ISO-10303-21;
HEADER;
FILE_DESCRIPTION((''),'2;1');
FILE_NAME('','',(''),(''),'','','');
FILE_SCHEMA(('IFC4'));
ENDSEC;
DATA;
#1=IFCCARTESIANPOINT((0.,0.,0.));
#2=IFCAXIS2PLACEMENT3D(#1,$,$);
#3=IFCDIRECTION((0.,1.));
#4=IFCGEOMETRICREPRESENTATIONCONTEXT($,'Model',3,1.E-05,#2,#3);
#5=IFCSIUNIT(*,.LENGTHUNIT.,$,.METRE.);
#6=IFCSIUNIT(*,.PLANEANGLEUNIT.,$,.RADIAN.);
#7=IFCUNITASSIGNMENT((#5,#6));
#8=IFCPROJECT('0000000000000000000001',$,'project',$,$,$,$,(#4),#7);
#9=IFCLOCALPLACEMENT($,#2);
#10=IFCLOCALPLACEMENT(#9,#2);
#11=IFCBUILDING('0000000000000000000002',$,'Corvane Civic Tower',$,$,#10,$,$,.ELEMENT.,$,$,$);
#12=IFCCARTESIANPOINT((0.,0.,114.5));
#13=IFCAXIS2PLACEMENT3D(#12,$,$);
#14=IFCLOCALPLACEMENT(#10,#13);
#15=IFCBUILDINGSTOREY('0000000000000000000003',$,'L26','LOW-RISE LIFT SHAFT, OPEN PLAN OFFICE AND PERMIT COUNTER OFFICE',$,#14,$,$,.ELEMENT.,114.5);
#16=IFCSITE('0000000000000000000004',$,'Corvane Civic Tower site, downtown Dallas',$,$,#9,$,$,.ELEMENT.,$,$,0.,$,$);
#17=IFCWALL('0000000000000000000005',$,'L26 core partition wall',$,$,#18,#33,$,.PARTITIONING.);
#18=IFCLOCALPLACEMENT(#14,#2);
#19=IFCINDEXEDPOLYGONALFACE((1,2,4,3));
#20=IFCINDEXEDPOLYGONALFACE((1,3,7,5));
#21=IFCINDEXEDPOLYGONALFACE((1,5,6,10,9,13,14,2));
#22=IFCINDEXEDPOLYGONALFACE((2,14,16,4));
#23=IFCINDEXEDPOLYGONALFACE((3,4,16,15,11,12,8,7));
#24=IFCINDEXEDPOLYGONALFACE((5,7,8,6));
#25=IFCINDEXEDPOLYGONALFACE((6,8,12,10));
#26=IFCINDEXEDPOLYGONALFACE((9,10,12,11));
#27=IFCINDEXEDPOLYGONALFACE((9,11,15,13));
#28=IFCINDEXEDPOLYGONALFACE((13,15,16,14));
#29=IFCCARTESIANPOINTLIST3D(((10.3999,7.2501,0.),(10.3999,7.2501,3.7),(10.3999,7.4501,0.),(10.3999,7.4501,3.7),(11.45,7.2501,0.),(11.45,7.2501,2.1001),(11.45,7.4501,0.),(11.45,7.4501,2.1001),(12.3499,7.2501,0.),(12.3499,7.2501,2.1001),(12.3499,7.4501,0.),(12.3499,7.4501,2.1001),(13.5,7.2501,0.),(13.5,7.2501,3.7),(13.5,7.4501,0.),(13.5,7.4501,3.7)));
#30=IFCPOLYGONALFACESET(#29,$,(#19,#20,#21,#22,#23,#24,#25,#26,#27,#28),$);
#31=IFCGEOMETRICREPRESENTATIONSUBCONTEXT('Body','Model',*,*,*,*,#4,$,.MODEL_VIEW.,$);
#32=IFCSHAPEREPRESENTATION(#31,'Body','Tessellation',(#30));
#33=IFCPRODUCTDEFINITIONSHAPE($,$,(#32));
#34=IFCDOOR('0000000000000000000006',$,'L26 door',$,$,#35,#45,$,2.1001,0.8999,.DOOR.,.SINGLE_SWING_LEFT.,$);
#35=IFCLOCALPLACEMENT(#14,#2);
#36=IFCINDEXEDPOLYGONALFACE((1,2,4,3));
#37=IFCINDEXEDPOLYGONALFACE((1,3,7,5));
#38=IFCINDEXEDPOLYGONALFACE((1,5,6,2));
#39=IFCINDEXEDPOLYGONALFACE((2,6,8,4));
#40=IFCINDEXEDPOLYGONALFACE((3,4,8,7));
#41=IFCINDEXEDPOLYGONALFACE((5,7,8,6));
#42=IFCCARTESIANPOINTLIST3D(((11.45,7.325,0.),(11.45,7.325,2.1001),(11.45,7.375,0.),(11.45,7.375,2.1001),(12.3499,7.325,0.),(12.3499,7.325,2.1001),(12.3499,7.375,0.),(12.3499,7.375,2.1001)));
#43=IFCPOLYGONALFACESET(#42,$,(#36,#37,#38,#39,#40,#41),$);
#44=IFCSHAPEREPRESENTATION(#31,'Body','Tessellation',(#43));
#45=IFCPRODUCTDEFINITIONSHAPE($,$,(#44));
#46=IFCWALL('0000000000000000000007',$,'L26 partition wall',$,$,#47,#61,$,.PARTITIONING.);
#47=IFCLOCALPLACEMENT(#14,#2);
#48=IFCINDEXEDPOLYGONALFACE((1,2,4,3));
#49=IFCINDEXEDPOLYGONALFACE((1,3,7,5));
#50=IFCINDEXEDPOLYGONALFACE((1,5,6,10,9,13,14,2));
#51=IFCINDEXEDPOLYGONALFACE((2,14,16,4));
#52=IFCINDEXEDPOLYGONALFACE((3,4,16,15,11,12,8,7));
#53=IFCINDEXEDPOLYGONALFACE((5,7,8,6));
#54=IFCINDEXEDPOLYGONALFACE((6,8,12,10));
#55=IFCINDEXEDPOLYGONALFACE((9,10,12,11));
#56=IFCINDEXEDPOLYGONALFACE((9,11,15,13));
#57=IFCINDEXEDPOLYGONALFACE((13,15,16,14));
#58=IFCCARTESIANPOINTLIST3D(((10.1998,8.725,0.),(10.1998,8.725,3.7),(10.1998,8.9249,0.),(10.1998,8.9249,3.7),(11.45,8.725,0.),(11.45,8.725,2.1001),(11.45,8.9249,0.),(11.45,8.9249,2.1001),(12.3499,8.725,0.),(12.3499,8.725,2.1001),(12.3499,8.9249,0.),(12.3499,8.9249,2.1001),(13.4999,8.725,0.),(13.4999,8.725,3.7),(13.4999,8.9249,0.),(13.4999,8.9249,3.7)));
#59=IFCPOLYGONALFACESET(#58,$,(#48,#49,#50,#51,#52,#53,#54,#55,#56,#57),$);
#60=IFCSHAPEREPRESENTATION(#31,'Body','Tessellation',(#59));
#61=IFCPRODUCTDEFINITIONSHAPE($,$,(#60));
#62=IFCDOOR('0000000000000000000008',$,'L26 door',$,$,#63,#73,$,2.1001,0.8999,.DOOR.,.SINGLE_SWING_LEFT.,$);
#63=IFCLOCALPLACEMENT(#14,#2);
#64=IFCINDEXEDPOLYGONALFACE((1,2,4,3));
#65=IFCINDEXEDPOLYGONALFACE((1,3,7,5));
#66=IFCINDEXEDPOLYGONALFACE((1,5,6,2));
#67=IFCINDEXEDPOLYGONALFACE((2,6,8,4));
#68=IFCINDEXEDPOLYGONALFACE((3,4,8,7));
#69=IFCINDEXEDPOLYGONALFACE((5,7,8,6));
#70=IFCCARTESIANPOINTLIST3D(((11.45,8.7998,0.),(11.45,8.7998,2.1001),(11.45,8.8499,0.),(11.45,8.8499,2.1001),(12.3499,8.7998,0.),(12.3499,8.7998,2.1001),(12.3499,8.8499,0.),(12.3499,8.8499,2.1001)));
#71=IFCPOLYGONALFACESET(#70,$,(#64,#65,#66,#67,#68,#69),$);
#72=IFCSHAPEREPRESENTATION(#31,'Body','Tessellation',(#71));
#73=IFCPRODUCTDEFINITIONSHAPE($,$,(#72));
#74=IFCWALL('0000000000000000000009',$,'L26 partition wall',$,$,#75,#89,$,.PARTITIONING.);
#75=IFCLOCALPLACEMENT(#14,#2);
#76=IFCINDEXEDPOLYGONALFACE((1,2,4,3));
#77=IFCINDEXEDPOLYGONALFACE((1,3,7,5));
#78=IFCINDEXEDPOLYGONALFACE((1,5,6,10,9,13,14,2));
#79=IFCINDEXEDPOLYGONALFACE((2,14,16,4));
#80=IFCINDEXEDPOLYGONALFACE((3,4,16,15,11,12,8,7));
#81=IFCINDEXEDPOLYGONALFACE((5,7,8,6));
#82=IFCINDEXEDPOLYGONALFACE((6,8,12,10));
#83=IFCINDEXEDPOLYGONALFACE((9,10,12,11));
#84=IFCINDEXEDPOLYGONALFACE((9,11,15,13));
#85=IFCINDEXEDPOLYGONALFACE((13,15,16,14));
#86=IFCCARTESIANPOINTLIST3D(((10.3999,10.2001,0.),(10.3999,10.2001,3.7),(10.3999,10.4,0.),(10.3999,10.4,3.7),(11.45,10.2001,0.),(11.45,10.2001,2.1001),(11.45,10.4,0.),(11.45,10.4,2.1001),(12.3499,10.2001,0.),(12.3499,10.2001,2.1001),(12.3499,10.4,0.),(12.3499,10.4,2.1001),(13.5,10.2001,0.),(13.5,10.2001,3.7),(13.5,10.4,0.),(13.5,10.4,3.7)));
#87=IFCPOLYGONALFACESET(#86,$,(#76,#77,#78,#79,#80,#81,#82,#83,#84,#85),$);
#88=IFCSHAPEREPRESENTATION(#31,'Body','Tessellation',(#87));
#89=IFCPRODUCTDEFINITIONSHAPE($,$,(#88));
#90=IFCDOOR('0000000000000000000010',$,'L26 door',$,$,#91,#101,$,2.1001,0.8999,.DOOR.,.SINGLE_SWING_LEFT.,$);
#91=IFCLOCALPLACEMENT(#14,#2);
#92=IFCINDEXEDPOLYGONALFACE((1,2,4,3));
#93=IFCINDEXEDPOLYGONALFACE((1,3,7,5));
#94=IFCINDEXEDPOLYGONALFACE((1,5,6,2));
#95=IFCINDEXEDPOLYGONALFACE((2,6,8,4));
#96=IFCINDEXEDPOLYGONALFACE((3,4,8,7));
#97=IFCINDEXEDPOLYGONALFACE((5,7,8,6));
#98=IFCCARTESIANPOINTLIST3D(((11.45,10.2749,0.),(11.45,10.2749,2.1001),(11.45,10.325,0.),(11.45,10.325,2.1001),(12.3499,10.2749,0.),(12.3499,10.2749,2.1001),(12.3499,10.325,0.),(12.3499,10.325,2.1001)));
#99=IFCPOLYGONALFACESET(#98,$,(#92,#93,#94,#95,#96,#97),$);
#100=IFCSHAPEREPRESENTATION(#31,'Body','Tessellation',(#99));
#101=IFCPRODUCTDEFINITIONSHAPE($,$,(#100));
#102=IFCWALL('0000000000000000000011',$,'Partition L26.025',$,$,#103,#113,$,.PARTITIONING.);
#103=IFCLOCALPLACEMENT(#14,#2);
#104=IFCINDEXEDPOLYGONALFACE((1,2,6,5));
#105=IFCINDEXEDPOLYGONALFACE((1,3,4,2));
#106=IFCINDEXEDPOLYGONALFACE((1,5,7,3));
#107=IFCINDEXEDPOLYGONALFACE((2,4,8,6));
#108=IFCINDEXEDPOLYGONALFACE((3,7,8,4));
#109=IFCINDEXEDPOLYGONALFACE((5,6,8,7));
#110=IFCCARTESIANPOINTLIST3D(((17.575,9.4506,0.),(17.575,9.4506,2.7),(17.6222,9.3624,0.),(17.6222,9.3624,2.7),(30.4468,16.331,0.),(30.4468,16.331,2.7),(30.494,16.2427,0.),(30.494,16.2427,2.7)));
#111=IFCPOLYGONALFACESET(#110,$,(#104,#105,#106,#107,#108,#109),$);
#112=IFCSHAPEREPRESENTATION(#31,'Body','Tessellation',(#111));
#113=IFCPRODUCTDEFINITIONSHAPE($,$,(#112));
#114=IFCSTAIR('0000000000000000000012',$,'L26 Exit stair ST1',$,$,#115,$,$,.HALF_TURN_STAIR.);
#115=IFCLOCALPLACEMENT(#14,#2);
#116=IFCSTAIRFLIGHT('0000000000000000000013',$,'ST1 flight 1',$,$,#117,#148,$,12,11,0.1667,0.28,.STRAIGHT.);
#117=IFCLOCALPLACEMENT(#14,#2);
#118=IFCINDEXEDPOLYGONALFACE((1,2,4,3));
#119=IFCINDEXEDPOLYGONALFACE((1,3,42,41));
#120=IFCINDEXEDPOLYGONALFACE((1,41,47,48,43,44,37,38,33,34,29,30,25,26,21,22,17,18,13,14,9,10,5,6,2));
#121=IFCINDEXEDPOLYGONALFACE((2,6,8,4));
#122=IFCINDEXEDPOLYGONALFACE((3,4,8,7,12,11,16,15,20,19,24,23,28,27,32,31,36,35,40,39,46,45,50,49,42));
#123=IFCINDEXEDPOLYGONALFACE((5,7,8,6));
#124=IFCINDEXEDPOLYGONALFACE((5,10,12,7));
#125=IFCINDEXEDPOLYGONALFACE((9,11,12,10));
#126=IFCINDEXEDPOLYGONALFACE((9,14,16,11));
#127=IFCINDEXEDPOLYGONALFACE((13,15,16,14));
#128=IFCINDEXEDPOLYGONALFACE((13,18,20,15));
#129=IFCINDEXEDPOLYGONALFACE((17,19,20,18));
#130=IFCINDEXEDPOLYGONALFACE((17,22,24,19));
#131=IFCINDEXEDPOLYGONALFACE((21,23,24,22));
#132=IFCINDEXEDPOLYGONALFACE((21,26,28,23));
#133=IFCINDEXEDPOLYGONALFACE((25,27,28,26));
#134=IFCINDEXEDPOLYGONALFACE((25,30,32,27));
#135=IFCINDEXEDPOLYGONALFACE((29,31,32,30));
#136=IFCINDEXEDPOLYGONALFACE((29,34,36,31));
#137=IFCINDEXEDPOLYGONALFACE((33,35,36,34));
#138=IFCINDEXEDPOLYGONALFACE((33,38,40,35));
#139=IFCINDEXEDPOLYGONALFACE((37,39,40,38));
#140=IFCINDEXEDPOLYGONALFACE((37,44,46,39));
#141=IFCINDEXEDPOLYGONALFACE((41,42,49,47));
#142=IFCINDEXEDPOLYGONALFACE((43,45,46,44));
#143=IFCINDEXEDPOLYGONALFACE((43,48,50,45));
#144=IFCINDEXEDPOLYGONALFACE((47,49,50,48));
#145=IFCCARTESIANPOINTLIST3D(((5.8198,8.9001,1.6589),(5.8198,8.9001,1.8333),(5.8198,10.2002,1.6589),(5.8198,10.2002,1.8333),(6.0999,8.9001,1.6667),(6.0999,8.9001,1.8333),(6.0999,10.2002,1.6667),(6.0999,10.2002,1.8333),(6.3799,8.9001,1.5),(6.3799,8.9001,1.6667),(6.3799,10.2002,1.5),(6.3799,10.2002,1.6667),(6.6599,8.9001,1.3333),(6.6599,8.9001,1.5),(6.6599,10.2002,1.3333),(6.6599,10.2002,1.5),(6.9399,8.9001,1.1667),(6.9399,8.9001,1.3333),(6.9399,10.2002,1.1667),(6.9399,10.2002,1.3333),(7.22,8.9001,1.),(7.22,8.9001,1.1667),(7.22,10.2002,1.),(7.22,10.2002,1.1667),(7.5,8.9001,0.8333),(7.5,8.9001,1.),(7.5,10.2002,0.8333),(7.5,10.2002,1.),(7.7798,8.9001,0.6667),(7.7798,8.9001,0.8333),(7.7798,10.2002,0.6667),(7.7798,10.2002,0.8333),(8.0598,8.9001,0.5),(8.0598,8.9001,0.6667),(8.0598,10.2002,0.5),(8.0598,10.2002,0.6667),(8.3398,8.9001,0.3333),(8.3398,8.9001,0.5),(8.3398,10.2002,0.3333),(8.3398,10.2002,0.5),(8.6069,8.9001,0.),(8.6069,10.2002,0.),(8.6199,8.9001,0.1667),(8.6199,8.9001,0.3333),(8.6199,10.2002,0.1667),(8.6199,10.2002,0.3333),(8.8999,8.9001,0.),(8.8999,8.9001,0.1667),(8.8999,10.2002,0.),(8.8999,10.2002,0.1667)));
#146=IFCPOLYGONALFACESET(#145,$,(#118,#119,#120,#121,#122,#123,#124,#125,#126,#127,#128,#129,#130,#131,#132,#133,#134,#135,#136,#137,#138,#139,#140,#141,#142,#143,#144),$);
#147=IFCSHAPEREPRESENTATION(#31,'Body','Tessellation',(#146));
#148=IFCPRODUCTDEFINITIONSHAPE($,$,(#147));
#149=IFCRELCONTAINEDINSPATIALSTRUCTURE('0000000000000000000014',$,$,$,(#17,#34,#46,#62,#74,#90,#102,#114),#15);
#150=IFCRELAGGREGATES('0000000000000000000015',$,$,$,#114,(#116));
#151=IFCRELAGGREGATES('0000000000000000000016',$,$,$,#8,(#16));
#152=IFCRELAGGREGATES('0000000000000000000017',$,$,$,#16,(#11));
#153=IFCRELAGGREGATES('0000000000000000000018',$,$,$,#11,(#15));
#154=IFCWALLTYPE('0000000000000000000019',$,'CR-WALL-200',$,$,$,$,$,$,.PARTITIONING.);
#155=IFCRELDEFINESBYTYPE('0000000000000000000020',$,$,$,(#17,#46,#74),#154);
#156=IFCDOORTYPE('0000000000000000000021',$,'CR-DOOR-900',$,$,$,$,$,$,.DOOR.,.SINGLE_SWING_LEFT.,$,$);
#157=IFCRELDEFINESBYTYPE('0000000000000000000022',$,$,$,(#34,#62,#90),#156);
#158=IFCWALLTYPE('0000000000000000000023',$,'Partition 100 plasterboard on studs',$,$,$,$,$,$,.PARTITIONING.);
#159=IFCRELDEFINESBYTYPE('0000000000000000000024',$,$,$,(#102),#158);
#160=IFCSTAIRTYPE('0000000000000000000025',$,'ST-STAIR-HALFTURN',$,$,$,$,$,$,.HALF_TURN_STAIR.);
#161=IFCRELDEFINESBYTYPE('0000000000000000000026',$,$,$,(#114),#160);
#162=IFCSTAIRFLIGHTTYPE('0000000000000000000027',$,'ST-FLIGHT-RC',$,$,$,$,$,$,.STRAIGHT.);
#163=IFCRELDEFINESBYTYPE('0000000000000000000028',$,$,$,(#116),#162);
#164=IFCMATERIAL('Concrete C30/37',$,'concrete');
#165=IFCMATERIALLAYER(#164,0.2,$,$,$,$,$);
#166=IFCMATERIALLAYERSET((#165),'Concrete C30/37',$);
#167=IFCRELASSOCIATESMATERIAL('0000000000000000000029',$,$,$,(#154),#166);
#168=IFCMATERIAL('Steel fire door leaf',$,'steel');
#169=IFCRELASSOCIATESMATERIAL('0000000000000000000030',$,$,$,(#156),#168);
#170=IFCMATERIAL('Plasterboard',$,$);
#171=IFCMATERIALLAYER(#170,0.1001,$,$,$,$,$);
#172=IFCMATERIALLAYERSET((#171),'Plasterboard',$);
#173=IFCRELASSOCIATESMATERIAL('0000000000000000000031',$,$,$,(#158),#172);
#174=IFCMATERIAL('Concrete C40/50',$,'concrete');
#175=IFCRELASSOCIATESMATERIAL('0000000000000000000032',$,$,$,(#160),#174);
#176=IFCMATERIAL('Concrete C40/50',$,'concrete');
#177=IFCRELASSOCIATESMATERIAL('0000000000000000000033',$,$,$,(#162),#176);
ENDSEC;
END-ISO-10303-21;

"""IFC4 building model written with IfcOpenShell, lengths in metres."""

from ifc_helpers import new_model, si_unit, direction, frame, frame_2d, origin, place, context, subcontext, project, spatial, polyline, rectangle, outline, extrude, material, layer, layer_set, type_object, element, fill, aggregate, save


model = new_model("IFC4")

# Units and contexts
model_context = context("Model", 3, precision=1e-05, world=origin(), true_north=direction((0.0, 1.0)))
body_context = subcontext(model_context, "Body", "Model", "MODEL_VIEW")
ifc_project = project(units=[si_unit("LENGTHUNIT", "METRE"), si_unit("PLANEANGLEUNIT", "RADIAN")], contexts=[model_context])

# Site, building, storey
site_placement = place(None, origin())
site = spatial("IfcSite", under=ifc_project, at=site_placement, Name="Corvane Civic Tower site, downtown Dallas", CompositionType="ELEMENT", RefElevation=0.0)
building_placement = place(site_placement, origin())
building = spatial("IfcBuilding", under=site, at=building_placement, Name="Corvane Civic Tower", CompositionType="ELEMENT")
storey_placement = place(building_placement, frame((0.0, 0.0, 114.5)))
storey = spatial("IfcBuildingStorey", under=building, at=storey_placement, Name="L26", Description="LOW-RISE LIFT SHAFT, OPEN PLAN OFFICE AND PERMIT COUNTER OFFICE", CompositionType="ELEMENT", Elevation=114.5)

# Walls, openings, doors
ifc_material_1 = material(Name="Concrete C30/37", Category="concrete")
ifc_layer_1 = layer(ifc_material_1, 0.2)
ifc_layer_set_1 = layer_set([ifc_layer_1], Name="Concrete C30/37")
wall_type_1 = type_object("IfcWallType", Name="CR-WALL-200", PredefinedType="PARTITIONING", material=ifc_layer_set_1)
wall_1_placement = place(storey_placement, frame((10.3999, 7.3501, 0.0), z_axis=(0.0, 0.0, 1.0), x_axis=(1.0, 0.0, 0.0)))
wall_1 = element("IfcWall", 1, at=wall_1_placement, inside=storey, type_object=wall_type_1, Name="L26 core partition wall", PredefinedType="PARTITIONING", context=body_context, shape_type="SweptSolid", body=[
    extrude(rectangle(XDim=3.1001, YDim=0.2, at=frame_2d((1.55, 0.0))), origin(), (0.0, 0.0, 1.0), 3.7),
])
opening_1_placement = place(wall_1_placement, frame((1.05, 0.0, 0.0)))
opening_1 = element("IfcOpeningElement", 2, at=opening_1_placement, cuts=wall_1, PredefinedType="OPENING", context=body_context, shape_type="SweptSolid", body=[
    extrude(rectangle(XDim=0.8999, YDim=2.1001, at=frame_2d((0.45, 1.05))), frame((0.0, 0.1099, 0.0), z_axis=(0.0, -1.0, 0.0), x_axis=(1.0, 0.0, 0.0)), (0.0, 0.0, 1.0), 0.22),
])
ifc_material_2 = material(Name="Steel fire door leaf", Category="steel")
door_type = type_object("IfcDoorType", Name="CR-DOOR-900", OperationType="SINGLE_SWING_LEFT", PredefinedType="DOOR", material=ifc_material_2)
door_1_placement = place(opening_1_placement, origin())
door_1 = element("IfcDoor", 3, at=door_1_placement, inside=storey, type_object=door_type, Name="L26 door", OperationType="SINGLE_SWING_LEFT", OverallHeight=2.1001, OverallWidth=0.8999, PredefinedType="DOOR", context=body_context, shape_type="SweptSolid", body=[
    extrude(rectangle(XDim=0.8999, YDim=2.1001, at=frame_2d((0.45, 1.05))), frame((0.0, 0.0249, 0.0), z_axis=(0.0, -1.0, 0.0), x_axis=(1.0, 0.0, 0.0)), (0.0, 0.0, 1.0), 0.05),
])
fill(opening_1, door_1)
wall_2_placement = place(storey_placement, frame((10.2, 8.825, 0.0), z_axis=(0.0, 0.0, 1.0), x_axis=(1.0, 0.0, 0.0)))
wall_2 = element("IfcWall", 4, at=wall_2_placement, inside=storey, type_object=wall_type_1, Name="L26 partition wall", PredefinedType="PARTITIONING", context=body_context, shape_type="SweptSolid", body=[
    extrude(rectangle(XDim=3.3, YDim=0.2, at=frame_2d((1.6499, 0.0))), origin(), (0.0, 0.0, 1.0), 3.7),
])
opening_2_placement = place(wall_2_placement, frame((1.25, 0.0, 0.0)))
opening_2 = element("IfcOpeningElement", 5, at=opening_2_placement, cuts=wall_2, PredefinedType="OPENING", context=body_context, shape_type="SweptSolid", body=[
    extrude(rectangle(XDim=0.8999, YDim=2.1001, at=frame_2d((0.45, 1.05))), frame((0.0, 0.1099, 0.0), z_axis=(0.0, -1.0, 0.0), x_axis=(1.0, 0.0, 0.0)), (0.0, 0.0, 1.0), 0.22),
])
door_2_placement = place(opening_2_placement, origin())
door_2 = element("IfcDoor", 6, at=door_2_placement, inside=storey, type_object=door_type, Name="L26 door", OperationType="SINGLE_SWING_LEFT", OverallHeight=2.1001, OverallWidth=0.8999, PredefinedType="DOOR", context=body_context, shape_type="SweptSolid", body=[
    extrude(rectangle(XDim=0.8999, YDim=2.1001, at=frame_2d((0.45, 1.05))), frame((0.0, 0.0249, 0.0), z_axis=(0.0, -1.0, 0.0), x_axis=(1.0, 0.0, 0.0)), (0.0, 0.0, 1.0), 0.05),
])
fill(opening_2, door_2)
wall_3_placement = place(storey_placement, frame((10.3999, 10.3, 0.0), z_axis=(0.0, 0.0, 1.0), x_axis=(1.0, 0.0, 0.0)))
wall_3 = element("IfcWall", 7, at=wall_3_placement, inside=storey, type_object=wall_type_1, Name="L26 partition wall", PredefinedType="PARTITIONING", context=body_context, shape_type="SweptSolid", body=[
    extrude(rectangle(XDim=3.1001, YDim=0.2, at=frame_2d((1.55, 0.0))), origin(), (0.0, 0.0, 1.0), 3.7),
])
opening_3_placement = place(wall_3_placement, frame((1.05, 0.0, 0.0)))
opening_3 = element("IfcOpeningElement", 8, at=opening_3_placement, cuts=wall_3, PredefinedType="OPENING", context=body_context, shape_type="SweptSolid", body=[
    extrude(rectangle(XDim=0.8999, YDim=2.1001, at=frame_2d((0.45, 1.05))), frame((0.0, 0.1099, 0.0), z_axis=(0.0, -1.0, 0.0), x_axis=(1.0, 0.0, 0.0)), (0.0, 0.0, 1.0), 0.22),
])
door_3_placement = place(opening_3_placement, origin())
door_3 = element("IfcDoor", 9, at=door_3_placement, inside=storey, type_object=door_type, Name="L26 door", OperationType="SINGLE_SWING_LEFT", OverallHeight=2.1001, OverallWidth=0.8999, PredefinedType="DOOR", context=body_context, shape_type="SweptSolid", body=[
    extrude(rectangle(XDim=0.8999, YDim=2.1001, at=frame_2d((0.45, 1.05))), frame((0.0, 0.0249, 0.0), z_axis=(0.0, -1.0, 0.0), x_axis=(1.0, 0.0, 0.0)), (0.0, 0.0, 1.0), 0.05),
])
fill(opening_3, door_3)

# Wall
ifc_material_3 = material(Name="Plasterboard")
ifc_layer_2 = layer(ifc_material_3, 0.1001)
ifc_layer_set_2 = layer_set([ifc_layer_2], Name="Plasterboard")
wall_type_2 = type_object("IfcWallType", Name="Partition 100 plasterboard on studs", PredefinedType="PARTITIONING", material=ifc_layer_set_2)
wall_4_placement = place(storey_placement, frame((17.5986, 9.4065, 0.0), z_axis=(0.0, 0.0, 1.0), x_axis=(0.881915, 0.471409, 0.0)))
element("IfcWall", 10, at=wall_4_placement, inside=storey, type_object=wall_type_2, Name="Partition L26.025", PredefinedType="PARTITIONING", context=body_context, shape_type="SweptSolid", body=[
    extrude(rectangle(XDim=14.5952, YDim=0.1001, at=frame_2d((7.2976, 0.0))), origin(), (0.0, 0.0, 1.0), 2.7),
])

# Stair, stair flight
ifc_material_4 = material(Name="Concrete C40/50", Category="concrete")
stair_type = type_object("IfcStairType", Name="ST-STAIR-HALFTURN", PredefinedType="HALF_TURN_STAIR", material=ifc_material_4)
stair_placement = place(storey_placement, origin())
stair = element("IfcStair", 11, at=stair_placement, inside=storey, type_object=stair_type, Name="L26 Exit stair ST1", PredefinedType="HALF_TURN_STAIR")
ifc_material_5 = material(Name="Concrete C40/50", Category="concrete")
stair_flight_type = type_object("IfcStairFlightType", Name="ST-FLIGHT-RC", PredefinedType="STRAIGHT", material=ifc_material_5)
stair_flight_placement = place(storey_placement, frame((8.8999, 9.55, 0.0), z_axis=(0.0, 0.0, 1.0), x_axis=(-1.0, 0.0, 0.0)))
stair_flight = element("IfcStairFlight", 12, at=stair_flight_placement, type_object=stair_flight_type, Name="ST1 flight 1", NumberOfRisers=12, NumberOfTreads=11, PredefinedType="STRAIGHT", RiserHeight=0.1667, TreadLength=0.28, context=body_context, shape_type="SweptSolid", body=[
    extrude(outline(polyline([(0.0, 0.0), (0.0, 0.1667), (0.28, 0.1667), (0.28, 0.3333), (0.5601, 0.3333), (0.5601, 0.5), (0.8401, 0.5), (0.8401, 0.6667), (1.1201, 0.6667), (1.1201, 0.8333), (1.3999, 0.8333), (1.3999, 1.0), (1.6799, 1.0), (1.6799, 1.1667), (1.96, 1.1667), (1.96, 1.3333), (2.24, 1.3333), (2.24, 1.5), (2.52, 1.5), (2.52, 1.6667), (2.8, 1.6667), (2.8, 1.8333), (3.0801, 1.8333), (3.0801, 2.0), (3.0801, 1.6589), (0.293, 0.0), (0.0, 0.0)])), frame((0.0, 0.6499, 0.0), z_axis=(0.0, -1.0, 0.0), x_axis=(1.0, 0.0, 0.0)), (0.0, 0.0, 1.0), 1.3),
])
aggregate(stair, [stair_flight])

save(model, "model.ifc")
